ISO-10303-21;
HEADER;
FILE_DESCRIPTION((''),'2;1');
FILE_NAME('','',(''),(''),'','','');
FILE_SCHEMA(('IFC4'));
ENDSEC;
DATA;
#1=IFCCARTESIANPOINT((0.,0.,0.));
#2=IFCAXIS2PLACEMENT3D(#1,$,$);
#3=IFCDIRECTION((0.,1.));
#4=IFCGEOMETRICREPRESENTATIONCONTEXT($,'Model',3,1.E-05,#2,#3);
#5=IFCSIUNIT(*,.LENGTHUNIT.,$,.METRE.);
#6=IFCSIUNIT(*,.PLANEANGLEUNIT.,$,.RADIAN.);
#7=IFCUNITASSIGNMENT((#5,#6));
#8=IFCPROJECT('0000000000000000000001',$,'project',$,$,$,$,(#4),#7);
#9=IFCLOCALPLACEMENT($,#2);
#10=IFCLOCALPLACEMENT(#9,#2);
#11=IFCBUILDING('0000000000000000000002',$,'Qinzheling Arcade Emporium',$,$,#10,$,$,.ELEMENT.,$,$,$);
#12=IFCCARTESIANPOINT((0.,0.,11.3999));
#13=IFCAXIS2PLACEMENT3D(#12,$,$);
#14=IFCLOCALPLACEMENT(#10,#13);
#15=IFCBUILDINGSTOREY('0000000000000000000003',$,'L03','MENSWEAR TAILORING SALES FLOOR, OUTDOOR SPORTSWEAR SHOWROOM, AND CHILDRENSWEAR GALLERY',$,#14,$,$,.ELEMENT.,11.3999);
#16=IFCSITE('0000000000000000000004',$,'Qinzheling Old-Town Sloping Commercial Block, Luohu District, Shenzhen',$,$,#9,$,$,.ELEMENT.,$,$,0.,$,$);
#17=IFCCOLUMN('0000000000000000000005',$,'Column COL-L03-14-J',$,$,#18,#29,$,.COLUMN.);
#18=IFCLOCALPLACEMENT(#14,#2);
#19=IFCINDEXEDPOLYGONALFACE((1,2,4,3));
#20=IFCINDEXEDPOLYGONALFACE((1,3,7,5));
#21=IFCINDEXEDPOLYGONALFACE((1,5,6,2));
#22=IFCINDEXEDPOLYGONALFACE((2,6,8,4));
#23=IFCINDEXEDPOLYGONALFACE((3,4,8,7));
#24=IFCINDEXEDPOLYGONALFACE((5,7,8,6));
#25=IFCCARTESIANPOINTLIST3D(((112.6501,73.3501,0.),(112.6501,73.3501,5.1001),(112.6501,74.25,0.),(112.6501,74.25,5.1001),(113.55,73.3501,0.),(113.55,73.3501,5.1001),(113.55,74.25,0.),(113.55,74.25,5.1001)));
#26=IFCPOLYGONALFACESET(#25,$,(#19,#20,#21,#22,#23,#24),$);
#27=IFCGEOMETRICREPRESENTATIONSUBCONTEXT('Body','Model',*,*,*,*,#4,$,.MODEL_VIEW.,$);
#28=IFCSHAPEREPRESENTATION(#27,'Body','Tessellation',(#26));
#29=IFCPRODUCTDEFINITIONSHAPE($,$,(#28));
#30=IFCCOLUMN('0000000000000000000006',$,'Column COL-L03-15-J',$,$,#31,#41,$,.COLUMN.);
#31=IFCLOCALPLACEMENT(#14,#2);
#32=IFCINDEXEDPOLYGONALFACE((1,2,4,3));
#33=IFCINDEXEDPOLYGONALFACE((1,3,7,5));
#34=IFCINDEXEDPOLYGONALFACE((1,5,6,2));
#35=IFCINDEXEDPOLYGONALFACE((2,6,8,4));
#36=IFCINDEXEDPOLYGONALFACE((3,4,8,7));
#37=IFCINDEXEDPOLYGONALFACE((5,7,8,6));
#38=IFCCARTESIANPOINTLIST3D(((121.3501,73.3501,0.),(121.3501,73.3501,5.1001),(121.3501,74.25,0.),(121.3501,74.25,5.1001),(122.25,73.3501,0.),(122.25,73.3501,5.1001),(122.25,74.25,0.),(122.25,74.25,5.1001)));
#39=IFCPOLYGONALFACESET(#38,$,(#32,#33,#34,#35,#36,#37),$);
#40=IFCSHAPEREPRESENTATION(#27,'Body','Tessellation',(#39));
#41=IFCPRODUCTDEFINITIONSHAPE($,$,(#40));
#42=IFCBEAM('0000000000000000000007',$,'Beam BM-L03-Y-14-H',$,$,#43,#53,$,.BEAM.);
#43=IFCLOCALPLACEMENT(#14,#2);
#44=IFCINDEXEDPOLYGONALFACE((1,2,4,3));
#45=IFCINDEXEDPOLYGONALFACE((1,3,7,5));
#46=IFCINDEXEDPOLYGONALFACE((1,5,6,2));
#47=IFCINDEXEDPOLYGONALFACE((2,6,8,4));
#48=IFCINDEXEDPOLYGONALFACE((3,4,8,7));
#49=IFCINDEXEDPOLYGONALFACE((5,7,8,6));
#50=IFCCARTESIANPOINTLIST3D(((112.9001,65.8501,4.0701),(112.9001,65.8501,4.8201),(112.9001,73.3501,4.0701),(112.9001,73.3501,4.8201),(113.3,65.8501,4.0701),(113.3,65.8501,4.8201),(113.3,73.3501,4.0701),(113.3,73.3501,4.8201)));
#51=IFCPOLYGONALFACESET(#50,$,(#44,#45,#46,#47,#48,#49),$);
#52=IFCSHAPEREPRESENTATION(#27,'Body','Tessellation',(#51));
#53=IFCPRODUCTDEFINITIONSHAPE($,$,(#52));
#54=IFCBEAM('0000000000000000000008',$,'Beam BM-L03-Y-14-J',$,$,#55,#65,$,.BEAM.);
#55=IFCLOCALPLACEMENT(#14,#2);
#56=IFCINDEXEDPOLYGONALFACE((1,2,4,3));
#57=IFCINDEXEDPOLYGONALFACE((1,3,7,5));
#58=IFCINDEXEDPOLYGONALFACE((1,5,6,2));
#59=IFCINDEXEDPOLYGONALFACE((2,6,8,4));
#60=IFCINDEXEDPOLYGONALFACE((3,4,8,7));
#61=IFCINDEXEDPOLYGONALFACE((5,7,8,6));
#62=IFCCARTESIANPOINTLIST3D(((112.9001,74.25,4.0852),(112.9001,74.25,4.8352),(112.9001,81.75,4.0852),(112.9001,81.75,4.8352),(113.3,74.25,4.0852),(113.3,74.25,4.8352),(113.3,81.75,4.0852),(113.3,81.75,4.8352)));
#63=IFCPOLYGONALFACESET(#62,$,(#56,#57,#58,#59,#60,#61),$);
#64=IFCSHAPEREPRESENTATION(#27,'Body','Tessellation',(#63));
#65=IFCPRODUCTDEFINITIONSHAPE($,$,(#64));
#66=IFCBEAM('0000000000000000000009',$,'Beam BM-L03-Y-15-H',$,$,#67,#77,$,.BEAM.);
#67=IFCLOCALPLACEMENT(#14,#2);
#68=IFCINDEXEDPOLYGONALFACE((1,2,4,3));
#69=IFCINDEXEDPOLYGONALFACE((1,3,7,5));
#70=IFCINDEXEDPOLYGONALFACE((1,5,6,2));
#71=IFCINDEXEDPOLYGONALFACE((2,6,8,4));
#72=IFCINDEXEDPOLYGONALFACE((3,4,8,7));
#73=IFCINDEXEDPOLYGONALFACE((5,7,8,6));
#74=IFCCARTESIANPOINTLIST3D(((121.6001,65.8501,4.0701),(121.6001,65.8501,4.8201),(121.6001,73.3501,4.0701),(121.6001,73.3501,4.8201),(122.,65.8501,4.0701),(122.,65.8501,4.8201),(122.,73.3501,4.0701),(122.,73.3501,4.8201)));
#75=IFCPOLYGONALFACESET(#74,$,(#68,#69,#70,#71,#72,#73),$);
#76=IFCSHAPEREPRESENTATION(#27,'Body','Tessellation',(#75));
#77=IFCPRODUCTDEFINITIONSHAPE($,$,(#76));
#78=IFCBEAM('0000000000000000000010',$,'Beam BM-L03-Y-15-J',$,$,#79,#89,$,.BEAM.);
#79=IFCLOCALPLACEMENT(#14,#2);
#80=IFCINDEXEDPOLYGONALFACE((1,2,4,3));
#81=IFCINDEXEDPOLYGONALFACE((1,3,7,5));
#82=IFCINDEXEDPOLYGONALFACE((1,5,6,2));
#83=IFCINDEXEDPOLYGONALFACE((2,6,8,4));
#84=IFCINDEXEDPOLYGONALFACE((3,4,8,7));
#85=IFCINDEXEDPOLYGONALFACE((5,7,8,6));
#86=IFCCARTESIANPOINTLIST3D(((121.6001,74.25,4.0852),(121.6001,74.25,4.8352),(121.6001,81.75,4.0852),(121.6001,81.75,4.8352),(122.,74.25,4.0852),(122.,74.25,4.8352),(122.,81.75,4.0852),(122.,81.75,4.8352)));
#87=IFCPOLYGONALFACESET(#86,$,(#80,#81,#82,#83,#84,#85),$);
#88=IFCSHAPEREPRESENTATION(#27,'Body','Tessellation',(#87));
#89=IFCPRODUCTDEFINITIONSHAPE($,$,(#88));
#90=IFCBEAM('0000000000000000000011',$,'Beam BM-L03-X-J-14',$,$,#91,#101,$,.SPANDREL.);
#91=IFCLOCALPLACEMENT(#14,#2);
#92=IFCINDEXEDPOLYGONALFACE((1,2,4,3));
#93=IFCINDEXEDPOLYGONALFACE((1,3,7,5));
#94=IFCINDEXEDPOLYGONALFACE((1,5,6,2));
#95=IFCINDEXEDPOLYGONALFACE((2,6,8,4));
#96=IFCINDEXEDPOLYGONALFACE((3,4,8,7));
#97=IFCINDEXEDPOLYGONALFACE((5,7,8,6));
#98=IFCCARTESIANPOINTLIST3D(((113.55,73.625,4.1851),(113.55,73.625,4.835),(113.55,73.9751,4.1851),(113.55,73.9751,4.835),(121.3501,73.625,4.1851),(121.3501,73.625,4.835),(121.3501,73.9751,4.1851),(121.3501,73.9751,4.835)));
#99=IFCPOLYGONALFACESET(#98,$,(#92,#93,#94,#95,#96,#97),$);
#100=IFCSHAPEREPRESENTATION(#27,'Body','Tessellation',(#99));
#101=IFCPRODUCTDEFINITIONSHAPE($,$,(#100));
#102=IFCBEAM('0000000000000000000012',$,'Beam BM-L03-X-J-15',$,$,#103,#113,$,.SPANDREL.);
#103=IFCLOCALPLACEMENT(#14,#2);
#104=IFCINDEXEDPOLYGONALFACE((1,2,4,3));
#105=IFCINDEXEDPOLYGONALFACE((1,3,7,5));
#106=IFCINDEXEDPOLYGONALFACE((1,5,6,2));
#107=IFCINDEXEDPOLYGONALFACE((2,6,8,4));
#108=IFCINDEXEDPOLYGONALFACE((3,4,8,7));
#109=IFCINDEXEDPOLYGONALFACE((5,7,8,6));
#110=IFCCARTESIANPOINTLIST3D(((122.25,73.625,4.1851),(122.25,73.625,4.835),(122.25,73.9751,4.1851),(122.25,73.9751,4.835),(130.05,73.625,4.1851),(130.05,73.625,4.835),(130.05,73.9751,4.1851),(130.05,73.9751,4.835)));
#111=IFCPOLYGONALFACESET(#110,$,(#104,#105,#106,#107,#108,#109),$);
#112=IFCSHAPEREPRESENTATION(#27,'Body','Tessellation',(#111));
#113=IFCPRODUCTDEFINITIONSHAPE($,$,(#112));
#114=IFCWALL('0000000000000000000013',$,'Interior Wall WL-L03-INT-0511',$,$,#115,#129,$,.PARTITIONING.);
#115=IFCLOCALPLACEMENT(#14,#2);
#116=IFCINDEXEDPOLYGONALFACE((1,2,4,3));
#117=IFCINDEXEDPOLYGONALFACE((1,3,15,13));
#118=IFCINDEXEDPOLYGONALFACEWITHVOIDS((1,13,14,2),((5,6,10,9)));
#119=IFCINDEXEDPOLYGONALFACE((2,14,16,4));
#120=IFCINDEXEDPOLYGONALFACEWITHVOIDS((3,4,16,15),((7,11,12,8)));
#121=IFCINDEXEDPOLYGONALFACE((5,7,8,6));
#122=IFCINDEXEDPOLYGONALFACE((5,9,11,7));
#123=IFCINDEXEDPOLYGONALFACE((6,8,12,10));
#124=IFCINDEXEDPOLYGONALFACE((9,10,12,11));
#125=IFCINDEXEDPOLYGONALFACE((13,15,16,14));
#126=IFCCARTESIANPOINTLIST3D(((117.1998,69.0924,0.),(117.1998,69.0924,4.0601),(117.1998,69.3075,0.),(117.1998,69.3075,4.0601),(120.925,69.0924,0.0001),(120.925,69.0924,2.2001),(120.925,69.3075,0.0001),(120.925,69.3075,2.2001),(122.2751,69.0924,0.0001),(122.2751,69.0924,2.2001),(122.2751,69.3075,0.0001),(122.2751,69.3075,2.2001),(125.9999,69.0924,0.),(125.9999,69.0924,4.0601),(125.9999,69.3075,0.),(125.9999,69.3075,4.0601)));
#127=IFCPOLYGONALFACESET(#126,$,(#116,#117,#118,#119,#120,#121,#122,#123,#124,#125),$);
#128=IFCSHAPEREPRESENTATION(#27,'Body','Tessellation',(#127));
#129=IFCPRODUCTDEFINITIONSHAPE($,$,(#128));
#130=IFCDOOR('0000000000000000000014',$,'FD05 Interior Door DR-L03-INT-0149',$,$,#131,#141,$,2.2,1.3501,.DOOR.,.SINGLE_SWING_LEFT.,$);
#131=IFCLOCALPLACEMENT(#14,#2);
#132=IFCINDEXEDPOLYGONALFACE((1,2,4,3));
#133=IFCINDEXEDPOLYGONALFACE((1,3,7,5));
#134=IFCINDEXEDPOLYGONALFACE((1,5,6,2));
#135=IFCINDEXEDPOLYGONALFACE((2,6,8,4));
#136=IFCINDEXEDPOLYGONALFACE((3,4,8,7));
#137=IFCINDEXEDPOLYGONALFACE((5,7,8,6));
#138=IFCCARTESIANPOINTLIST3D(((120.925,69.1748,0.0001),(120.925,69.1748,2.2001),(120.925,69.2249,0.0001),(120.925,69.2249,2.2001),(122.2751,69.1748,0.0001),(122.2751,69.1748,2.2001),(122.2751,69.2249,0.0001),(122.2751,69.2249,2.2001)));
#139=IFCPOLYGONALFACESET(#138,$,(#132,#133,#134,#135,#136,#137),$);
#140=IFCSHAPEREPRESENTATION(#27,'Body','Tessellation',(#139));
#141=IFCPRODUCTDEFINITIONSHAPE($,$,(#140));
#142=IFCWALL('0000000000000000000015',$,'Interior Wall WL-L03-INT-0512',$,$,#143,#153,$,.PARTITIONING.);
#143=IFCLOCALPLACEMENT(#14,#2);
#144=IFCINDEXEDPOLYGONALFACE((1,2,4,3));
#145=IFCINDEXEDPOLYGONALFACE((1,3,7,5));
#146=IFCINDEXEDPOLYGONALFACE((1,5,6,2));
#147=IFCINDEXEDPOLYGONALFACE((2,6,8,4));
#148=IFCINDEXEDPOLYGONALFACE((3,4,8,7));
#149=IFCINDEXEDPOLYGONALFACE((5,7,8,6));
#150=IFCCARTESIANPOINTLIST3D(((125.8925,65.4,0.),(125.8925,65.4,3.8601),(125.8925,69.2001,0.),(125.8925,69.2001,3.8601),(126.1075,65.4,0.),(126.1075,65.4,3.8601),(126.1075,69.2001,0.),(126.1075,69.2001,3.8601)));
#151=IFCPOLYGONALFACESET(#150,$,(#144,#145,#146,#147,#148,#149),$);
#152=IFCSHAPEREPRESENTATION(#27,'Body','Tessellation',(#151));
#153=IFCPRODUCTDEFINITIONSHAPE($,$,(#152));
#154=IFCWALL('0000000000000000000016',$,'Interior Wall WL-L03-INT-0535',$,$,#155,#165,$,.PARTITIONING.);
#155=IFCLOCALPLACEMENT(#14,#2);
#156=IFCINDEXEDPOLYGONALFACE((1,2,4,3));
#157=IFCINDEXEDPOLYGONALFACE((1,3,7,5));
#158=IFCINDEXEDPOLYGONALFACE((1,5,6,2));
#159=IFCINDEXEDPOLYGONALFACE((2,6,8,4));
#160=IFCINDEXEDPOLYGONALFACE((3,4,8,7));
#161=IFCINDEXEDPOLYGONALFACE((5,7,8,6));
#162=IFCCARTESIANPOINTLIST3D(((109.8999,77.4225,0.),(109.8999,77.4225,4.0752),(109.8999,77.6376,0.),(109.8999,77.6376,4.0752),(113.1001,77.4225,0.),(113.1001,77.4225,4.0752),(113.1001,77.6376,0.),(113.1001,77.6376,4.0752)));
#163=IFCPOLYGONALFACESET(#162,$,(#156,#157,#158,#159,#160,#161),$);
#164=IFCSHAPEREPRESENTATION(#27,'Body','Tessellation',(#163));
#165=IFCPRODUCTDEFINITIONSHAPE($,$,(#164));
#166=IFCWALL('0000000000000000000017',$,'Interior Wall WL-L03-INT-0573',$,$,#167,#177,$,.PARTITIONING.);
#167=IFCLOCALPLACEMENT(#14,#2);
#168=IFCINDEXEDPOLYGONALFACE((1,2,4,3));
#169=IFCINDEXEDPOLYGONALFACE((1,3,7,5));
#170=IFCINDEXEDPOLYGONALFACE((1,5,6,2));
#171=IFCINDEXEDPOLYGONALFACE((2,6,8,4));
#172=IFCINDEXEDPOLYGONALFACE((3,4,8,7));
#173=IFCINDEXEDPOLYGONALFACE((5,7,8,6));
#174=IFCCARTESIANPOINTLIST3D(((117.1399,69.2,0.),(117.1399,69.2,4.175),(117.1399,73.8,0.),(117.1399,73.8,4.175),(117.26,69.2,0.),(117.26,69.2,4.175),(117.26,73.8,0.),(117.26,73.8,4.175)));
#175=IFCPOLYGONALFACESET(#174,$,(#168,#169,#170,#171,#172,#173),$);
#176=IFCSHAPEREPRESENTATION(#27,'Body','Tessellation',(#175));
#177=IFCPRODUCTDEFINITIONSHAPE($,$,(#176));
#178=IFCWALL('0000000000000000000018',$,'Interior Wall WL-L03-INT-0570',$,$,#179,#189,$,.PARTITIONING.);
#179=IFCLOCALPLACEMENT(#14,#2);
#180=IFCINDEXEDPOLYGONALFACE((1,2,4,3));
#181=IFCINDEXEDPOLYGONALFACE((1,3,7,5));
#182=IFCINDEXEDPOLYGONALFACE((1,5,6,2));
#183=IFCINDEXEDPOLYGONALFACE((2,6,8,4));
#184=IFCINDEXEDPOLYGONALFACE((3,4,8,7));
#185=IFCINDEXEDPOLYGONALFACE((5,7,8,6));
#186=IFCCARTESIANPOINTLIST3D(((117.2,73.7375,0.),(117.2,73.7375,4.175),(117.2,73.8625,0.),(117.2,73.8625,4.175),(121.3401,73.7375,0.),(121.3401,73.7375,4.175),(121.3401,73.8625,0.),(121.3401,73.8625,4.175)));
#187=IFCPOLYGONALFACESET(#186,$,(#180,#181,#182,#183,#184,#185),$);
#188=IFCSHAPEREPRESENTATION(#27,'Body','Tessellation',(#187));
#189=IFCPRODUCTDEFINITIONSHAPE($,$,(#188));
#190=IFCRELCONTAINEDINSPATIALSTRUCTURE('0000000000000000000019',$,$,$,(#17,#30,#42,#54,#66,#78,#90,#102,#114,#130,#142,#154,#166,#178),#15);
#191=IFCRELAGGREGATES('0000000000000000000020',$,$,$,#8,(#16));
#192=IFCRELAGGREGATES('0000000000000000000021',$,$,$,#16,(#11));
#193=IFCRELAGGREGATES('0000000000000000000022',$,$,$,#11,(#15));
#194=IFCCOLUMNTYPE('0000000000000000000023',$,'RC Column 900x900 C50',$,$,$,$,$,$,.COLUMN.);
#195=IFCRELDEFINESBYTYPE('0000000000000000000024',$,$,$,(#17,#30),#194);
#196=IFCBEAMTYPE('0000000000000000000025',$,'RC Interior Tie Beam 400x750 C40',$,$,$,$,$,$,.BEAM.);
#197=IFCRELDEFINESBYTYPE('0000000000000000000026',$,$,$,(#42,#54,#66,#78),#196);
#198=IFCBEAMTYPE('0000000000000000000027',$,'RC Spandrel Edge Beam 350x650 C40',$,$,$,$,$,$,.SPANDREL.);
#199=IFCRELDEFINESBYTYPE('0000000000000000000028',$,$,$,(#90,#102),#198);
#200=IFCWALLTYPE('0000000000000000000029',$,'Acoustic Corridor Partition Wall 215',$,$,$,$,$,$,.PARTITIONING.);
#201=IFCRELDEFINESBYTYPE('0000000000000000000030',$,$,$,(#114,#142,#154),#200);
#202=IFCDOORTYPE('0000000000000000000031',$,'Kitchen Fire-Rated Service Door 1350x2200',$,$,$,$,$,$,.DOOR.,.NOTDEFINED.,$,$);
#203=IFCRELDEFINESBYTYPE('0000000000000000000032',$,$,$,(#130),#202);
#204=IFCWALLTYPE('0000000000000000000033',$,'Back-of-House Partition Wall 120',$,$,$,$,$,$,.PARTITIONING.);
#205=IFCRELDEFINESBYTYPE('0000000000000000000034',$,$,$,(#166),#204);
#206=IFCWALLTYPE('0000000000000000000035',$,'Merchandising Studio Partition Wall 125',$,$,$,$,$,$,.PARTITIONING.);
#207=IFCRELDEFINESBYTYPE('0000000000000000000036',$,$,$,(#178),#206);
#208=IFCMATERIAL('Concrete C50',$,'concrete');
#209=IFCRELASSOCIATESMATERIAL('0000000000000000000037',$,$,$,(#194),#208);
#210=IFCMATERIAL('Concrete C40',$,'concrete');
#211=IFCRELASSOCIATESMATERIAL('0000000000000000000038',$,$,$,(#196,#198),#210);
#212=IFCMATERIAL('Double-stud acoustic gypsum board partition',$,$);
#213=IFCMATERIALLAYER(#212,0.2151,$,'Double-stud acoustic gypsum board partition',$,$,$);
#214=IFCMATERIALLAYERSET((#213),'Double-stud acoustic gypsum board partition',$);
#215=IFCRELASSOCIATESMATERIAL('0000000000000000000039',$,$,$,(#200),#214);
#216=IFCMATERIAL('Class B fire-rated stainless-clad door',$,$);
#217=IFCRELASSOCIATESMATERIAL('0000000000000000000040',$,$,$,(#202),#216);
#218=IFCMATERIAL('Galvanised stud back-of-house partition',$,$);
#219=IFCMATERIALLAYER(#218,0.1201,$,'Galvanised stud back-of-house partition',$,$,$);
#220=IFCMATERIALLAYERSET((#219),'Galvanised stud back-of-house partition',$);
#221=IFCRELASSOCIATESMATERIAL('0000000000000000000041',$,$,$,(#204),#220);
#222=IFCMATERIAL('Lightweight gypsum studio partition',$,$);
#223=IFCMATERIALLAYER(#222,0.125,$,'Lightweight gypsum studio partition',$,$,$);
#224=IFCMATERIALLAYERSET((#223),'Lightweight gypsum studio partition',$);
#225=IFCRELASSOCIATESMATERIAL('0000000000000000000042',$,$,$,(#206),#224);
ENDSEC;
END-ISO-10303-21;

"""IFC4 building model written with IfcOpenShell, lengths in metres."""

from ifc_helpers import new_model, si_unit, direction, frame, frame_2d, origin, origin_2d, place, context, subcontext, project, spatial, rectangle, extrude, material, layer, layer_set, material_profile, profile_set, type_object, element, fill, save


model = new_model("IFC4")

# Units and contexts
model_context = context("Model", 3, precision=1e-05, world=origin(), true_north=direction((0.0, 1.0)))
body_context = subcontext(model_context, "Body", "Model", "MODEL_VIEW")
ifc_project = project(units=[si_unit("LENGTHUNIT", "METRE"), si_unit("PLANEANGLEUNIT", "RADIAN")], contexts=[model_context])

# Site, building, storey
site_placement = place(None, origin())
site = spatial("IfcSite", under=ifc_project, at=site_placement, Name="Qinzheling Old-Town Sloping Commercial Block, Luohu District, Shenzhen", CompositionType="ELEMENT", RefElevation=0.0)
building_placement = place(site_placement, origin())
building = spatial("IfcBuilding", under=site, at=building_placement, Name="Qinzheling Arcade Emporium", CompositionType="ELEMENT")
storey_placement = place(building_placement, frame((0.0, 0.0, 11.3999)))
storey = spatial("IfcBuildingStorey", under=building, at=storey_placement, Name="L03", Description="MENSWEAR TAILORING SALES FLOOR, OUTDOOR SPORTSWEAR SHOWROOM, AND CHILDRENSWEAR GALLERY", CompositionType="ELEMENT", Elevation=11.3999)

# Columns
ifc_material_1 = material(Name="Concrete C50", Category="concrete")
ifc_material_profile_1 = material_profile(ifc_material_1, rectangle(XDim=0.8999, YDim=0.8999, at=origin_2d()), Name="RC 900x900", Category="concrete")
ifc_profile_set_1 = profile_set([ifc_material_profile_1], Name="Concrete C50")
column_type = type_object("IfcColumnType", Name="RC Column 900x900 C50", PredefinedType="COLUMN", material=ifc_profile_set_1)
for number, where, z_axis, x_axis, name in (
    (1, (113.1001, 73.8, 0.0), (0.0, 0.0, 1.0), (1.0, 0.0, 0.0), "Column COL-L03-14-J"),
    (2, (121.8, 73.8, 0.0), (0.0, 0.0, 1.0), (1.0, 0.0, 0.0), "Column COL-L03-15-J"),
):
    element("IfcColumn", number, at=place(storey_placement, frame(where, z_axis=z_axis, x_axis=x_axis)), inside=storey, type_object=column_type, Name=name, PredefinedType="COLUMN", context=body_context, shape_type="SweptSolid", body=[
        extrude(rectangle(XDim=0.8999, YDim=0.8999, at=origin_2d()), origin(), (0.0, 0.0, 1.0), 5.1001),
    ])

# Beams
ifc_material_2 = material(Name="Concrete C40", Category="concrete")
ifc_material_profile_2 = material_profile(ifc_material_2, rectangle(XDim=0.3999, YDim=0.75, at=origin_2d()), Name="RC 400x750", Category="concrete")
ifc_profile_set_2 = profile_set([ifc_material_profile_2], Name="Concrete C40")
beam_type_1 = type_object("IfcBeamType", Name="RC Interior Tie Beam 400x750 C40", PredefinedType="BEAM", material=ifc_profile_set_2)
for number, where, z_axis, x_axis, name in (
    (3, (113.1001, 65.8501, 4.4451), (0.0, 1.0, 0.0), (-1.0, 0.0, 0.0), "Beam BM-L03-Y-14-H"),
    (4, (113.1001, 74.25, 4.4602), (0.0, 1.0, 0.0), (-1.0, 0.0, 0.0), "Beam BM-L03-Y-14-J"),
    (5, (121.8, 65.8501, 4.4451), (0.0, 1.0, 0.0), (-1.0, 0.0, 0.0), "Beam BM-L03-Y-15-H"),
    (6, (121.8, 74.25, 4.4602), (0.0, 1.0, 0.0), (-1.0, 0.0, 0.0), "Beam BM-L03-Y-15-J"),
):
    element("IfcBeam", number, at=place(storey_placement, frame(where, z_axis=z_axis, x_axis=x_axis)), inside=storey, type_object=beam_type_1, Name=name, PredefinedType="BEAM", context=body_context, shape_type="SweptSolid", body=[
        extrude(rectangle(XDim=0.3999, YDim=0.75, at=origin_2d()), origin(), (0.0, 0.0, 1.0), 7.5),
    ])
ifc_material_profile_3 = material_profile(ifc_material_2, rectangle(XDim=0.3501, YDim=0.6499, at=origin_2d()), Name="RC 350x650", Category="concrete")
ifc_profile_set_3 = profile_set([ifc_material_profile_3], Name="Concrete C40")
beam_type_2 = type_object("IfcBeamType", Name="RC Spandrel Edge Beam 350x650 C40", PredefinedType="SPANDREL", material=ifc_profile_set_3)
for number, where, z_axis, x_axis, name in (
    (7, (113.55, 73.8, 4.51), (1.0, 0.0, 0.0), (0.0, 1.0, 0.0), "Beam BM-L03-X-J-14"),
    (8, (122.25, 73.8, 4.51), (1.0, 0.0, 0.0), (0.0, 1.0, 0.0), "Beam BM-L03-X-J-15"),
):
    element("IfcBeam", number, at=place(storey_placement, frame(where, z_axis=z_axis, x_axis=x_axis)), inside=storey, type_object=beam_type_2, Name=name, PredefinedType="SPANDREL", context=body_context, shape_type="SweptSolid", body=[
        extrude(rectangle(XDim=0.3501, YDim=0.6499, at=origin_2d()), origin(), (0.0, 0.0, 1.0), 7.8),
    ])

# Wall, opening, door
ifc_material_3 = material(Name="Double-stud acoustic gypsum board partition")
ifc_layer_1 = layer(ifc_material_3, 0.2151, Name="Double-stud acoustic gypsum board partition")
ifc_layer_set_1 = layer_set([ifc_layer_1], Name="Double-stud acoustic gypsum board partition")
wall_type_1 = type_object("IfcWallType", Name="Acoustic Corridor Partition Wall 215", PredefinedType="PARTITIONING", material=ifc_layer_set_1)
wall_1_placement = place(storey_placement, frame((117.2, 69.2, 0.0), z_axis=(0.0, 0.0, 1.0), x_axis=(1.0, 0.0, 0.0)))
wall_1 = element("IfcWall", 9, at=wall_1_placement, inside=storey, type_object=wall_type_1, Name="Interior Wall WL-L03-INT-0511", PredefinedType="PARTITIONING", context=body_context, shape_type="SweptSolid", body=[
    extrude(rectangle(XDim=8.8, YDim=0.2151, at=frame_2d((4.3999, 0.0))), origin(), (0.0, 0.0, 1.0), 4.0601),
])
opening_1_placement = place(wall_1_placement, frame((3.7251, 0.0, 0.0)))
opening_1 = element("IfcOpeningElement", 10, at=opening_1_placement, cuts=wall_1, PredefinedType="OPENING", context=body_context, shape_type="SweptSolid", body=[
    extrude(rectangle(XDim=1.3501, YDim=2.2, at=frame_2d((0.675, 1.1001))), frame((0.0, 0.1177, 0.0), z_axis=(0.0, -1.0, 0.0), x_axis=(1.0, 0.0, 0.0)), (0.0, 0.0, 1.0), 0.2351),
])
ifc_material_4 = material(Name="Class B fire-rated stainless-clad door")
door_type_1 = type_object("IfcDoorType", Name="Kitchen Fire-Rated Service Door 1350x2200", OperationType="NOTDEFINED", PredefinedType="DOOR", material=ifc_material_4)
door_1_placement = place(opening_1_placement, origin())
door_1 = element("IfcDoor", 11, at=door_1_placement, inside=storey, type_object=door_type_1, Name="FD05 Interior Door DR-L03-INT-0149", OperationType="SINGLE_SWING_LEFT", OverallHeight=2.2, OverallWidth=1.3501, PredefinedType="DOOR", context=body_context, shape_type="SweptSolid", body=[
    extrude(rectangle(XDim=1.3501, YDim=2.2, at=frame_2d((0.675, 1.1001))), frame((0.0, 0.0249, 0.0), z_axis=(0.0, -1.0, 0.0), x_axis=(1.0, 0.0, 0.0)), (0.0, 0.0, 1.0), 0.05),
])
fill(opening_1, door_1)

# Walls
wall_2_placement = place(storey_placement, frame((126.0, 69.2, 0.0), z_axis=(0.0, 0.0, 1.0), x_axis=(0.0, -1.0, 0.0)))
element("IfcWall", 12, at=wall_2_placement, inside=storey, type_object=wall_type_1, Name="Interior Wall WL-L03-INT-0512", PredefinedType="PARTITIONING", context=body_context, shape_type="SweptSolid", body=[
    extrude(rectangle(XDim=3.8, YDim=0.2151, at=frame_2d((1.8999, 0.0))), origin(), (0.0, 0.0, 1.0), 3.8601),
])
wall_3_placement = place(storey_placement, frame((113.1001, 77.53, 0.0), z_axis=(0.0, 0.0, 1.0), x_axis=(-1.0, 0.0, 0.0)))
element("IfcWall", 13, at=wall_3_placement, inside=storey, type_object=wall_type_1, Name="Interior Wall WL-L03-INT-0535", PredefinedType="PARTITIONING", context=body_context, shape_type="SweptSolid", body=[
    extrude(rectangle(XDim=3.2002, YDim=0.2151, at=frame_2d((1.6001, 0.0))), origin(), (0.0, 0.0, 1.0), 4.0752),
])
ifc_material_5 = material(Name="Galvanised stud back-of-house partition")
ifc_layer_2 = layer(ifc_material_5, 0.1201, Name="Galvanised stud back-of-house partition")
ifc_layer_set_2 = layer_set([ifc_layer_2], Name="Galvanised stud back-of-house partition")
wall_type_2 = type_object("IfcWallType", Name="Back-of-House Partition Wall 120", PredefinedType="PARTITIONING", material=ifc_layer_set_2)
wall_4_placement = place(storey_placement, frame((117.2, 69.2, 0.0), z_axis=(0.0, 0.0, 1.0), x_axis=(0.0, 1.0, 0.0)))
element("IfcWall", 14, at=wall_4_placement, inside=storey, type_object=wall_type_2, Name="Interior Wall WL-L03-INT-0573", PredefinedType="PARTITIONING", context=body_context, shape_type="SweptSolid", body=[
    extrude(rectangle(XDim=4.6001, YDim=0.1201, at=frame_2d((2.3, 0.0))), origin(), (0.0, 0.0, 1.0), 4.175),
])
ifc_material_6 = material(Name="Lightweight gypsum studio partition")
ifc_layer_3 = layer(ifc_material_6, 0.125, Name="Lightweight gypsum studio partition")
ifc_layer_set_3 = layer_set([ifc_layer_3], Name="Lightweight gypsum studio partition")
wall_type_3 = type_object("IfcWallType", Name="Merchandising Studio Partition Wall 125", PredefinedType="PARTITIONING", material=ifc_layer_set_3)
wall_5_placement = place(storey_placement, frame((117.2, 73.8, 0.0), z_axis=(0.0, 0.0, 1.0), x_axis=(1.0, 0.0, 0.0)))
element("IfcWall", 15, at=wall_5_placement, inside=storey, type_object=wall_type_3, Name="Interior Wall WL-L03-INT-0570", PredefinedType="PARTITIONING", context=body_context, shape_type="SweptSolid", body=[
    extrude(rectangle(XDim=4.1401, YDim=0.125, at=frame_2d((2.0701, 0.0))), origin(), (0.0, 0.0, 1.0), 4.175),
])

save(model, "model.ifc")
